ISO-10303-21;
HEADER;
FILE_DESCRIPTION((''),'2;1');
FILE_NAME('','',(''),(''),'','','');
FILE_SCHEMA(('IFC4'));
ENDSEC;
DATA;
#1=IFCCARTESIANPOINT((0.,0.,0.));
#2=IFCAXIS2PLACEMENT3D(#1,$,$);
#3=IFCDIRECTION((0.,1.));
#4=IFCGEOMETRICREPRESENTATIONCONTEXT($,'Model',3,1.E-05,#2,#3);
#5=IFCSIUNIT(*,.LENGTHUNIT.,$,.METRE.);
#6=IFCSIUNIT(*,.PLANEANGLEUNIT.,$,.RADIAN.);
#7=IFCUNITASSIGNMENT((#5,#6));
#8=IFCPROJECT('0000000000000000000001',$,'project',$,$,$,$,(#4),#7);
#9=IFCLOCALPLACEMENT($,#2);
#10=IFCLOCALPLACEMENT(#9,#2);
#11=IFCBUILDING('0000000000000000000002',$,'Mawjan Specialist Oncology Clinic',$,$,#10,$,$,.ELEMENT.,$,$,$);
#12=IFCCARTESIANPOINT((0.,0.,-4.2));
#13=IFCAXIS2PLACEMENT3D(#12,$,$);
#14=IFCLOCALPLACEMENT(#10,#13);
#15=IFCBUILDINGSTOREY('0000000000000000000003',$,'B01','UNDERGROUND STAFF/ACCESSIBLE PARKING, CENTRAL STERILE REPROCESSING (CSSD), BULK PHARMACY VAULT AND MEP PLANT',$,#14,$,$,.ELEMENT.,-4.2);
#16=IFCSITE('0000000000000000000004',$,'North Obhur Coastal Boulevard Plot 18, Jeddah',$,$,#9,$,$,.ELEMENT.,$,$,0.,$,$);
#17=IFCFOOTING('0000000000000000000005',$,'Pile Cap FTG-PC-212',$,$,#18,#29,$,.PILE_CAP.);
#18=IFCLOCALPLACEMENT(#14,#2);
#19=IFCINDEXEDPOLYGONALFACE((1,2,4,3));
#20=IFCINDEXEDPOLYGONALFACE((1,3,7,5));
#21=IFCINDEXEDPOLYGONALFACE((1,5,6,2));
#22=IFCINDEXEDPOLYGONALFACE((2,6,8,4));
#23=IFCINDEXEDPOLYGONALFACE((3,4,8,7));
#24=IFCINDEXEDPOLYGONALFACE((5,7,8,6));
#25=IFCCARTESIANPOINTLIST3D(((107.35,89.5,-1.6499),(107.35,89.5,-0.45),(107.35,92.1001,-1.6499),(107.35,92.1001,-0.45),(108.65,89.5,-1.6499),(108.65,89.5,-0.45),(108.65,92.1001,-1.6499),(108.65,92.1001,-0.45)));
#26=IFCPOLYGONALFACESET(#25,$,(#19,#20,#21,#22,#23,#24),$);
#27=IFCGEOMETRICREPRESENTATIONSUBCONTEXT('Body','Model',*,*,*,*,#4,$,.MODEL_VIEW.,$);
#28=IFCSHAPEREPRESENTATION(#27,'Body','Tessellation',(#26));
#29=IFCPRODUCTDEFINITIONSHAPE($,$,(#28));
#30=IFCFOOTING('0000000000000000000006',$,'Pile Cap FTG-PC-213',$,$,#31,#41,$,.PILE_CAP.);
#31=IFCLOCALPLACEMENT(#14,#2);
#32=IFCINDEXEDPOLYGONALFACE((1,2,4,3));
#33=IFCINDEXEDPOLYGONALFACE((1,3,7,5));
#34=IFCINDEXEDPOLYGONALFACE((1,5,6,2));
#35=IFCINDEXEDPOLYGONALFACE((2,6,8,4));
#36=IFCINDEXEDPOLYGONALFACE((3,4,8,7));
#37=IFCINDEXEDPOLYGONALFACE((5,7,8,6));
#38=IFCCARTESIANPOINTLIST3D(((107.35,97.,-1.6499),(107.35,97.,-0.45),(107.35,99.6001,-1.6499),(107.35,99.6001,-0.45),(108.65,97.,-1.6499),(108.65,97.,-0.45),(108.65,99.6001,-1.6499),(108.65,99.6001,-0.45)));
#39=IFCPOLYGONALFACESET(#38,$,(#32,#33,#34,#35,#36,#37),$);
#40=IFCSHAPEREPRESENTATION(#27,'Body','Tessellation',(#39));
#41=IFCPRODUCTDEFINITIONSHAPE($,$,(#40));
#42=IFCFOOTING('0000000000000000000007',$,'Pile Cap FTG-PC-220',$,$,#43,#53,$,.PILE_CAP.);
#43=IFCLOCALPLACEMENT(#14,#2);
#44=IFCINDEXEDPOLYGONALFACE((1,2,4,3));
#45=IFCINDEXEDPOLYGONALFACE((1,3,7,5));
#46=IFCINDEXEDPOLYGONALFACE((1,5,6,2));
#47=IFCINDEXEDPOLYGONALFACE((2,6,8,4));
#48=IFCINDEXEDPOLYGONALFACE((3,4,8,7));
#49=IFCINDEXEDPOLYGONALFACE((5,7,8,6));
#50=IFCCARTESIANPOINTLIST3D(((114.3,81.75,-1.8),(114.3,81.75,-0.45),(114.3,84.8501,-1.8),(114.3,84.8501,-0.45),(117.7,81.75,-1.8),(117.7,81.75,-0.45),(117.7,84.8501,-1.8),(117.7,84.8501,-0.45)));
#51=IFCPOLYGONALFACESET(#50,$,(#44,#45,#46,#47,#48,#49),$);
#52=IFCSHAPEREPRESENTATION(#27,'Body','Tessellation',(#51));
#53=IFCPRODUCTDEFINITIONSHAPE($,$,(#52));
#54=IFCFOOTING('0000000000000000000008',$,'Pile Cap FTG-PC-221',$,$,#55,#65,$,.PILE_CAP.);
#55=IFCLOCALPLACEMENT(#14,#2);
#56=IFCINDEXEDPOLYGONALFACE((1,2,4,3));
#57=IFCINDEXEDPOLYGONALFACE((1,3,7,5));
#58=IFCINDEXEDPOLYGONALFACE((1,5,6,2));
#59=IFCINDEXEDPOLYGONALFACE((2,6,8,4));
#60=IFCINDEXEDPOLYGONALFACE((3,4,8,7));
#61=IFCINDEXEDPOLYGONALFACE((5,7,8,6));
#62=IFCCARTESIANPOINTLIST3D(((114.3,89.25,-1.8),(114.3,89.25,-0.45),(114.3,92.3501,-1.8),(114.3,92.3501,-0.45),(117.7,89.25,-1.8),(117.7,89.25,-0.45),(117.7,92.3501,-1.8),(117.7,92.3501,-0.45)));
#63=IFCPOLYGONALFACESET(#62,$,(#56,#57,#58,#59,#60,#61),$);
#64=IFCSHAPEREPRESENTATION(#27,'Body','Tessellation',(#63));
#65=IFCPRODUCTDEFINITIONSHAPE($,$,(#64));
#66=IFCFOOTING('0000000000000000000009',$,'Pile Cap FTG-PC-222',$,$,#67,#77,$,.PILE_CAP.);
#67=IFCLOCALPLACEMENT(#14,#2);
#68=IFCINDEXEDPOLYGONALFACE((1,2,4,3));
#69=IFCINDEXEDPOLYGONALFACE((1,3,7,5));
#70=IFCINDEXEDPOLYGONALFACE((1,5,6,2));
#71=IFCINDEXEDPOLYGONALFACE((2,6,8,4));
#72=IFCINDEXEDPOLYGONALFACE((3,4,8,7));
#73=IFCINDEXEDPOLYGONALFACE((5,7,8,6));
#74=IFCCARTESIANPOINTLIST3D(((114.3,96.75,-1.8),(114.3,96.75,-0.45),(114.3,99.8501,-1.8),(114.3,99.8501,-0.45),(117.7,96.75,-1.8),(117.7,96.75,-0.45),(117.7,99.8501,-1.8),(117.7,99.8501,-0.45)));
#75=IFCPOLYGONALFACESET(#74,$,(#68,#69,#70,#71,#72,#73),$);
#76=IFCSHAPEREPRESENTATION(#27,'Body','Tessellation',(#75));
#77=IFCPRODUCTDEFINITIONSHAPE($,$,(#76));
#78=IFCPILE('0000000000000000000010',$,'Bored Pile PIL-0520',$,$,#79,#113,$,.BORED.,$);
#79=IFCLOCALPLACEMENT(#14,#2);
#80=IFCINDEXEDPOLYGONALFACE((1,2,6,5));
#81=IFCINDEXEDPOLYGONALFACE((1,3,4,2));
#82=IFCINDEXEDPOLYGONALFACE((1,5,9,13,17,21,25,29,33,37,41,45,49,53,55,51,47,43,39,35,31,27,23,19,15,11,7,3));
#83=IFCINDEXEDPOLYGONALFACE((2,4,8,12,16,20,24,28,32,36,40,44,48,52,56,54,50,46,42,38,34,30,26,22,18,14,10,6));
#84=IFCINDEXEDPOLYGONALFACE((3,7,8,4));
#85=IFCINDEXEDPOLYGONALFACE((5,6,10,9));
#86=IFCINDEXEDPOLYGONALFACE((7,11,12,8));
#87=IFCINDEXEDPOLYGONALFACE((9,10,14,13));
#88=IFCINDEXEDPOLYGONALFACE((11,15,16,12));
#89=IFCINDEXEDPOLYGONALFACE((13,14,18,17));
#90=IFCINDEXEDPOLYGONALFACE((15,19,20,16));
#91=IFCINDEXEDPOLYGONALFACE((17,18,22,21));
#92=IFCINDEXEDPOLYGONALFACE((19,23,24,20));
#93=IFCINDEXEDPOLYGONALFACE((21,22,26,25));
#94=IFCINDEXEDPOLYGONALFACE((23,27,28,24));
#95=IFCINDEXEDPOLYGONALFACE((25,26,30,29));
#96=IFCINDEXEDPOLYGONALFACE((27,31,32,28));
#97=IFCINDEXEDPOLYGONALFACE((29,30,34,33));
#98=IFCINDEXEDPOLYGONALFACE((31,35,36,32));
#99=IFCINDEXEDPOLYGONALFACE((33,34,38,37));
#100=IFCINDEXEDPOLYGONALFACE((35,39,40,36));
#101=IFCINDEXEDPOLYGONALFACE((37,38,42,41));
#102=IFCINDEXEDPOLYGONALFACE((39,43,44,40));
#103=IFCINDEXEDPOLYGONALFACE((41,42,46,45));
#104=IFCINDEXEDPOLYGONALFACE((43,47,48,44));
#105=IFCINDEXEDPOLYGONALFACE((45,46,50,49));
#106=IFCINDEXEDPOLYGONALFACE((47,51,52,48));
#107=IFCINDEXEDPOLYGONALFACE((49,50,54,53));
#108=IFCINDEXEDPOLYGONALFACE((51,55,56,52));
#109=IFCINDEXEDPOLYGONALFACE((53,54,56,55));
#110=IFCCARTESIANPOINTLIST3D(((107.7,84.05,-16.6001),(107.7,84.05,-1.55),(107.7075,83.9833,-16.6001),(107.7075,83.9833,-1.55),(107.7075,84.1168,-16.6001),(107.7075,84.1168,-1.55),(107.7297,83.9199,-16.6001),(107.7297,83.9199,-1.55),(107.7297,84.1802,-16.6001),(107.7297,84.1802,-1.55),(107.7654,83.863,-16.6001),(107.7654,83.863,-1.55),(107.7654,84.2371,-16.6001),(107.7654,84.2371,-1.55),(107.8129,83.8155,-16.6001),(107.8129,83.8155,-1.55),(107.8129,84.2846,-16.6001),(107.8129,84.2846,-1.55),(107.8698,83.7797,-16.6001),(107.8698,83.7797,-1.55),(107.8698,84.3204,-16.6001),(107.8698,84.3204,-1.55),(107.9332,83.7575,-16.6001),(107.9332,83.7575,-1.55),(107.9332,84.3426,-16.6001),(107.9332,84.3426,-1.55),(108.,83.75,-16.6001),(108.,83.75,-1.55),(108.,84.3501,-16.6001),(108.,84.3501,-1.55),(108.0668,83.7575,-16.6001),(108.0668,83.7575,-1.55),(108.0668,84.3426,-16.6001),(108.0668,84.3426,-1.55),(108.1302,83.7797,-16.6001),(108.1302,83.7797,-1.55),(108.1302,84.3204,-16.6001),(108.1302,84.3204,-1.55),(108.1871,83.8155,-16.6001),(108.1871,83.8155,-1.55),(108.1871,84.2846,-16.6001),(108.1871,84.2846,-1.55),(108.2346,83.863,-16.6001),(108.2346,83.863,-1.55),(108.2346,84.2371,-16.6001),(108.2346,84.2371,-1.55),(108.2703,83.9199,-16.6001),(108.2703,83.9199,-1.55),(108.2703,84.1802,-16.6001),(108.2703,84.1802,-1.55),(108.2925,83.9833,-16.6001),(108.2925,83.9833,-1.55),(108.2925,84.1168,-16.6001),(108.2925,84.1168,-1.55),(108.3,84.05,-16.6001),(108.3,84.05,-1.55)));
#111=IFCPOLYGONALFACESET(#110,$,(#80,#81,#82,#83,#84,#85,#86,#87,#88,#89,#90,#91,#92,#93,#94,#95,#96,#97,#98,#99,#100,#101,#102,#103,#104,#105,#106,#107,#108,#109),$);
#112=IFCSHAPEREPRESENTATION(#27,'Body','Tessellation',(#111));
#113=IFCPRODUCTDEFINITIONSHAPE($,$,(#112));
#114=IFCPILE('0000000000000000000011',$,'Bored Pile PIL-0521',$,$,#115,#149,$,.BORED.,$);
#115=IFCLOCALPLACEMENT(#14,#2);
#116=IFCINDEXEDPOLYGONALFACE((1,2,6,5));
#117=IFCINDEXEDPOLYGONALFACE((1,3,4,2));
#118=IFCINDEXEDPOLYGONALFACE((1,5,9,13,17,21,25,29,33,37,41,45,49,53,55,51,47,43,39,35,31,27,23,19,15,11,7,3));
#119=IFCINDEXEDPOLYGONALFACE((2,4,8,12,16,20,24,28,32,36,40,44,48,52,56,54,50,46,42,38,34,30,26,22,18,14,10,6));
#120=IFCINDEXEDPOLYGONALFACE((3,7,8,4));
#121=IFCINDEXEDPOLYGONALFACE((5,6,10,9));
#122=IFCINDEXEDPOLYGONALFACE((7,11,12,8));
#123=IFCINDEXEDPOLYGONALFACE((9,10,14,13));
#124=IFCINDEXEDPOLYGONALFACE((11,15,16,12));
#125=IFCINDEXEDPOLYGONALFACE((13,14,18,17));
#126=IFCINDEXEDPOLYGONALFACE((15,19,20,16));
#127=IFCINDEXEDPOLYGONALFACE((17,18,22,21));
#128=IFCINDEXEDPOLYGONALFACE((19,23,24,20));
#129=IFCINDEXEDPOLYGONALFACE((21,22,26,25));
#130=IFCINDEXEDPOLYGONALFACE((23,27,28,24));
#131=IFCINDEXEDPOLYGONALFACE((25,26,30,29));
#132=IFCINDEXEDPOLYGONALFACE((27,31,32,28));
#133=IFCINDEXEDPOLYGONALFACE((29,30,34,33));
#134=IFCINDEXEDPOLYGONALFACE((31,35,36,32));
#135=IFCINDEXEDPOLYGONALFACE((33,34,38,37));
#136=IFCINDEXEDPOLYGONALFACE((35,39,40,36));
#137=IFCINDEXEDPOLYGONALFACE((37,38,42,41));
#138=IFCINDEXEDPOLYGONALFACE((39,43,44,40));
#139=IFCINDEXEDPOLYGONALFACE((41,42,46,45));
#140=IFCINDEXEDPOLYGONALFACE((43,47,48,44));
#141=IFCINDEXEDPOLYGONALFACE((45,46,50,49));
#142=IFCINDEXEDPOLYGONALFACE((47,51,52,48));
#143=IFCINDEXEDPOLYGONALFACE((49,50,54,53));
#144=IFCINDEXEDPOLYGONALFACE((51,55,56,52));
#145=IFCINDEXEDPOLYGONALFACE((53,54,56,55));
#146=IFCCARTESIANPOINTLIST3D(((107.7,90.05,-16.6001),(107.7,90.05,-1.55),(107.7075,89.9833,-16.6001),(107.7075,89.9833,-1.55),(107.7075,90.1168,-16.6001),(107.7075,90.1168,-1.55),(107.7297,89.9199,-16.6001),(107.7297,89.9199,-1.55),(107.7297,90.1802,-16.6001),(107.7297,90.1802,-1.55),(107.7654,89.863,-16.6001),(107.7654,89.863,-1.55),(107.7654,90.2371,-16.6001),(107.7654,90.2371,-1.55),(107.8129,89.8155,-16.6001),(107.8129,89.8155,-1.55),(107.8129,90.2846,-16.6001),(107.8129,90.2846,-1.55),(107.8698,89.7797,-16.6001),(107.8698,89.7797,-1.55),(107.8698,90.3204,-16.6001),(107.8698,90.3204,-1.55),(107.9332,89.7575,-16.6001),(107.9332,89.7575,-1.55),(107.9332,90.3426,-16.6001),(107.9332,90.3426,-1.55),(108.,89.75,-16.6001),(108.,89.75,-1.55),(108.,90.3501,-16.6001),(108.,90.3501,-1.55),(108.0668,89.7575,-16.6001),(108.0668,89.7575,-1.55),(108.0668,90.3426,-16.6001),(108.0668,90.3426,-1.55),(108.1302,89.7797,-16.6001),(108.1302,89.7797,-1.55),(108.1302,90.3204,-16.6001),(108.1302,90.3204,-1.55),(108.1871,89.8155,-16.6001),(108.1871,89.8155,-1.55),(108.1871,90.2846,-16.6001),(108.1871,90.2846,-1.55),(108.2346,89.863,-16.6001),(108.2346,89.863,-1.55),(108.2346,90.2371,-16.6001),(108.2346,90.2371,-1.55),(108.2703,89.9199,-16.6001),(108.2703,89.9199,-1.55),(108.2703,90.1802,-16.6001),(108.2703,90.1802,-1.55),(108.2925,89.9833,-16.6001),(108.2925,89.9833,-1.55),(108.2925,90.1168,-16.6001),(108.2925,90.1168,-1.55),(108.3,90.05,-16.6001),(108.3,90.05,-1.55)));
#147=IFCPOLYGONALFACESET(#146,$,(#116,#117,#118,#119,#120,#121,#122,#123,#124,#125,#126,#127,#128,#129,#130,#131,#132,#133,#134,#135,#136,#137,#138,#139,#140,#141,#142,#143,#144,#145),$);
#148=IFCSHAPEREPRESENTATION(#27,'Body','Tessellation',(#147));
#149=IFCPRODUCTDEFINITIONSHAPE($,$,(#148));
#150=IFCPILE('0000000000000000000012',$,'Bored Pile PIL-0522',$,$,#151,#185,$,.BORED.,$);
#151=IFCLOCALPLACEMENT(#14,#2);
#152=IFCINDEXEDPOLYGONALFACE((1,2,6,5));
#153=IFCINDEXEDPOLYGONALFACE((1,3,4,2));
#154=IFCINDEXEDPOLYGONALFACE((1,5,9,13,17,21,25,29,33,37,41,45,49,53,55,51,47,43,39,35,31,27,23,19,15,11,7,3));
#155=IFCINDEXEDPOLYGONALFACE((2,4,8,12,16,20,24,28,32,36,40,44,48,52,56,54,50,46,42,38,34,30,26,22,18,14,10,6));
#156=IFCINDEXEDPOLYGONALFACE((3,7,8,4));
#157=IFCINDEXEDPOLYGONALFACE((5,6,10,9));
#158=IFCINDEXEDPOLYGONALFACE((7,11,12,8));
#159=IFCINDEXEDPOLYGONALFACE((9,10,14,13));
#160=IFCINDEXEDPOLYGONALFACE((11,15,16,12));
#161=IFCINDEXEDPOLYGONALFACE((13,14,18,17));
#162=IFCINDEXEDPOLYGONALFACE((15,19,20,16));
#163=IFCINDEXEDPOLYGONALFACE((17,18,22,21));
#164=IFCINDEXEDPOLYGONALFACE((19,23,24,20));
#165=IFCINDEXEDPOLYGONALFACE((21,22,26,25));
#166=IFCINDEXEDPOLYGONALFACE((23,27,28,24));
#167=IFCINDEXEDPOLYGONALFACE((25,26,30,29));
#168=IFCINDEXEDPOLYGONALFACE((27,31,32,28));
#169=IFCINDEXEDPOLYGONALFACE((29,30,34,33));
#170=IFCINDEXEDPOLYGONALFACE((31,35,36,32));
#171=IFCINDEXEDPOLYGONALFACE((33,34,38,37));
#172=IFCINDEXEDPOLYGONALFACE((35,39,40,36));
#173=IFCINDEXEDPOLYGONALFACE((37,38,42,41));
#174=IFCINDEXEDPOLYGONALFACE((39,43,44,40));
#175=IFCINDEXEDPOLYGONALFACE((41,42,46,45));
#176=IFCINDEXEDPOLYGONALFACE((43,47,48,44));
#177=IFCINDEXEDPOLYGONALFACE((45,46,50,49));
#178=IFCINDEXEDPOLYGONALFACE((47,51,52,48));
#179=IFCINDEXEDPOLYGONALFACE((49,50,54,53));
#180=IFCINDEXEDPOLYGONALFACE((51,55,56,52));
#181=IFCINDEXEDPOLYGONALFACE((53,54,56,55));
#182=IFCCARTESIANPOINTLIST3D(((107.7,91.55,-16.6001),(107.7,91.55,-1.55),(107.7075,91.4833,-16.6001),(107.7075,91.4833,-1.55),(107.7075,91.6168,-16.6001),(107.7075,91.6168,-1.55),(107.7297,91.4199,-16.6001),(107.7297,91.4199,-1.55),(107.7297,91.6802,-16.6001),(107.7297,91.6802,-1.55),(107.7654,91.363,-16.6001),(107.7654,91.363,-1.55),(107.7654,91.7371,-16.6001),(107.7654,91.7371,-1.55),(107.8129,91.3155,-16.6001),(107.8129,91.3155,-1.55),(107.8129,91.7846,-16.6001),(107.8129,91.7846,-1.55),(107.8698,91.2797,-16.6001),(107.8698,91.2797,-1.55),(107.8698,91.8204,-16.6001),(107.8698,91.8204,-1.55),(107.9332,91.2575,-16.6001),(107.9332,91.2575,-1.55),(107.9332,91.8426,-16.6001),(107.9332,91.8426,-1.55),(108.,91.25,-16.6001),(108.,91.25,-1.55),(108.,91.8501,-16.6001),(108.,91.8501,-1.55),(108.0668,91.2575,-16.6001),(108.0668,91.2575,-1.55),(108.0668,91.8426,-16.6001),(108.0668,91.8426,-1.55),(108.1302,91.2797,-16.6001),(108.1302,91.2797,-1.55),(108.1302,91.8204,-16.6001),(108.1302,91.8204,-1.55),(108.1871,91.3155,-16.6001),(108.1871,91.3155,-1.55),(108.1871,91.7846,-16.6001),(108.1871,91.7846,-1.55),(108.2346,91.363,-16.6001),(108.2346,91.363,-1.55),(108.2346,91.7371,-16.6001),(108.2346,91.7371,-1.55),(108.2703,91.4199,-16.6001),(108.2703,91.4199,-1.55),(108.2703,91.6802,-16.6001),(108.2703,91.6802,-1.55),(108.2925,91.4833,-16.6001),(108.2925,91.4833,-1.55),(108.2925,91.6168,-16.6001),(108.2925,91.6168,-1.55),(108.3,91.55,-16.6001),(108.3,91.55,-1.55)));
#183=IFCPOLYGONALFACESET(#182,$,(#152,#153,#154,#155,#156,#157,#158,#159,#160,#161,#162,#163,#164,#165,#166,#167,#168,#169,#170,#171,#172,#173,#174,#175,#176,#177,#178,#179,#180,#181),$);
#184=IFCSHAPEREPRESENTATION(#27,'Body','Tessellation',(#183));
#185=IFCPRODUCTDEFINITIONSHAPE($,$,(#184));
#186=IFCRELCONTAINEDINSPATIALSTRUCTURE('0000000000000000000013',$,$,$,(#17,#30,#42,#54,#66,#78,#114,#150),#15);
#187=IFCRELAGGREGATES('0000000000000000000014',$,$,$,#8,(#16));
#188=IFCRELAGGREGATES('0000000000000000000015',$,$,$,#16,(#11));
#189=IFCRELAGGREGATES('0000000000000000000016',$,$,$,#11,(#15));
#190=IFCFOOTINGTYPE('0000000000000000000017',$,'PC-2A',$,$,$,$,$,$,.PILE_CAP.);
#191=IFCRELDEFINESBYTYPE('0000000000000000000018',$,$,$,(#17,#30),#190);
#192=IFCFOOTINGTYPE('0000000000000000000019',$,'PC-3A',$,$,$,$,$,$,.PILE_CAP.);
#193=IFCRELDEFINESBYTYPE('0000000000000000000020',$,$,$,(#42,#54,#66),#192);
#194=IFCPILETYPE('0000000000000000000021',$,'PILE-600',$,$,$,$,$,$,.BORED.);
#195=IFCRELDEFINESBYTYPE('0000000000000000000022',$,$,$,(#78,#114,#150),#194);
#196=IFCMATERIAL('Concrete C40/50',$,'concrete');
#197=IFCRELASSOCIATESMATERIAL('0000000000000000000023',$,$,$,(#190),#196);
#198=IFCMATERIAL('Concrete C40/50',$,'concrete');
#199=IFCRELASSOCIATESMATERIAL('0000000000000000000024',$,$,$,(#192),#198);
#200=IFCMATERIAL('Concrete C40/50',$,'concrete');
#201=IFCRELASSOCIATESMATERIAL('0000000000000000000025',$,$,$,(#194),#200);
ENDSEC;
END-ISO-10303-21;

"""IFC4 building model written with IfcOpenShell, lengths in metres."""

from ifc_helpers import new_model, si_unit, direction, frame, origin, origin_2d, place, context, subcontext, project, spatial, rectangle, circle, extrude, material, material_profile, profile_set, type_object, element, save


model = new_model("IFC4")

# Units and contexts
model_context = context("Model", 3, precision=1e-05, world=origin(), true_north=direction((0.0, 1.0)))
body_context = subcontext(model_context, "Body", "Model", "MODEL_VIEW")
ifc_project = project(units=[si_unit("LENGTHUNIT", "METRE"), si_unit("PLANEANGLEUNIT", "RADIAN")], contexts=[model_context])

# Site, building, storey
site_placement = place(None, origin())
site = spatial("IfcSite", under=ifc_project, at=site_placement, Name="North Obhur Coastal Boulevard Plot 18, Jeddah", CompositionType="ELEMENT", RefElevation=0.0)
building_placement = place(site_placement, origin())
building = spatial("IfcBuilding", under=site, at=building_placement, Name="Mawjan Specialist Oncology Clinic", CompositionType="ELEMENT")
storey_placement = place(building_placement, frame((0.0, 0.0, -4.2)))
storey = spatial("IfcBuildingStorey", under=building, at=storey_placement, Name="B01", Description="UNDERGROUND STAFF/ACCESSIBLE PARKING, CENTRAL STERILE REPROCESSING (CSSD), BULK PHARMACY VAULT AND MEP PLANT", CompositionType="ELEMENT", Elevation=-4.2)

# Footings
ifc_material_1 = material(Name="Concrete C40/50", Category="concrete")
footing_type_1 = type_object("IfcFootingType", Name="PC-2A", PredefinedType="PILE_CAP", material=ifc_material_1)
for number, where, z_axis, x_axis, name in (
    (1, (108.0, 90.8, -1.6499), (0.0, 0.0, 1.0), (0.0, 1.0, 0.0), "Pile Cap FTG-PC-212"),
    (2, (108.0, 98.3, -1.6499), (0.0, 0.0, 1.0), (0.0, 1.0, 0.0), "Pile Cap FTG-PC-213"),
):
    element("IfcFooting", number, at=place(storey_placement, frame(where, z_axis=z_axis, x_axis=x_axis)), inside=storey, type_object=footing_type_1, Name=name, PredefinedType="PILE_CAP", context=body_context, shape_type="SweptSolid", body=[
        extrude(rectangle(XDim=2.6001, YDim=1.3, at=origin_2d()), origin(), (0.0, 0.0, 1.0), 1.2),
    ])
ifc_material_2 = material(Name="Concrete C40/50", Category="concrete")
footing_type_2 = type_object("IfcFootingType", Name="PC-3A", PredefinedType="PILE_CAP", material=ifc_material_2)
for number, where, z_axis, x_axis, name in (
    (3, (116.0, 83.3, -1.8), (0.0, 0.0, 1.0), (1.0, 0.0, 0.0), "Pile Cap FTG-PC-220"),
    (4, (116.0, 90.8, -1.8), (0.0, 0.0, 1.0), (1.0, 0.0, 0.0), "Pile Cap FTG-PC-221"),
    (5, (116.0, 98.3, -1.8), (0.0, 0.0, 1.0), (1.0, 0.0, 0.0), "Pile Cap FTG-PC-222"),
):
    element("IfcFooting", number, at=place(storey_placement, frame(where, z_axis=z_axis, x_axis=x_axis)), inside=storey, type_object=footing_type_2, Name=name, PredefinedType="PILE_CAP", context=body_context, shape_type="SweptSolid", body=[
        extrude(rectangle(XDim=3.3999, YDim=3.1001, at=origin_2d()), origin(), (0.0, 0.0, 1.0), 1.3501),
    ])

# Piles
ifc_material_3 = material(Name="Concrete C40/50", Category="concrete")
ifc_material_profile_1 = material_profile(ifc_material_3, circle(Radius=0.3, at=origin_2d()), Name="BORED PILE D600", Category="concrete")
ifc_profile_set_1 = profile_set([ifc_material_profile_1], Name="Concrete C40/50")
pile_type_1 = type_object("IfcPileType", Name="PILE-600", PredefinedType="BORED", material=ifc_profile_set_1)
for number, where, z_axis, x_axis, name in (
    (6, (108.0, 84.05, -1.55), (0.0, 0.0, -1.0), (1.0, 0.0, 0.0), "Bored Pile PIL-0520"),
    (7, (108.0, 90.05, -1.55), (0.0, 0.0, -1.0), (1.0, 0.0, 0.0), "Bored Pile PIL-0521"),
    (8, (108.0, 91.55, -1.55), (0.0, 0.0, -1.0), (1.0, 0.0, 0.0), "Bored Pile PIL-0522"),
):
    element("IfcPile", number, at=place(storey_placement, frame(where, z_axis=z_axis, x_axis=x_axis)), inside=storey, type_object=pile_type_1, Name=name, PredefinedType="BORED", context=body_context, shape_type="SweptSolid", body=[
        extrude(circle(Radius=0.3, at=origin_2d()), origin(), (0.0, 0.0, 1.0), 15.05),
    ])

save(model, "model.ifc")
